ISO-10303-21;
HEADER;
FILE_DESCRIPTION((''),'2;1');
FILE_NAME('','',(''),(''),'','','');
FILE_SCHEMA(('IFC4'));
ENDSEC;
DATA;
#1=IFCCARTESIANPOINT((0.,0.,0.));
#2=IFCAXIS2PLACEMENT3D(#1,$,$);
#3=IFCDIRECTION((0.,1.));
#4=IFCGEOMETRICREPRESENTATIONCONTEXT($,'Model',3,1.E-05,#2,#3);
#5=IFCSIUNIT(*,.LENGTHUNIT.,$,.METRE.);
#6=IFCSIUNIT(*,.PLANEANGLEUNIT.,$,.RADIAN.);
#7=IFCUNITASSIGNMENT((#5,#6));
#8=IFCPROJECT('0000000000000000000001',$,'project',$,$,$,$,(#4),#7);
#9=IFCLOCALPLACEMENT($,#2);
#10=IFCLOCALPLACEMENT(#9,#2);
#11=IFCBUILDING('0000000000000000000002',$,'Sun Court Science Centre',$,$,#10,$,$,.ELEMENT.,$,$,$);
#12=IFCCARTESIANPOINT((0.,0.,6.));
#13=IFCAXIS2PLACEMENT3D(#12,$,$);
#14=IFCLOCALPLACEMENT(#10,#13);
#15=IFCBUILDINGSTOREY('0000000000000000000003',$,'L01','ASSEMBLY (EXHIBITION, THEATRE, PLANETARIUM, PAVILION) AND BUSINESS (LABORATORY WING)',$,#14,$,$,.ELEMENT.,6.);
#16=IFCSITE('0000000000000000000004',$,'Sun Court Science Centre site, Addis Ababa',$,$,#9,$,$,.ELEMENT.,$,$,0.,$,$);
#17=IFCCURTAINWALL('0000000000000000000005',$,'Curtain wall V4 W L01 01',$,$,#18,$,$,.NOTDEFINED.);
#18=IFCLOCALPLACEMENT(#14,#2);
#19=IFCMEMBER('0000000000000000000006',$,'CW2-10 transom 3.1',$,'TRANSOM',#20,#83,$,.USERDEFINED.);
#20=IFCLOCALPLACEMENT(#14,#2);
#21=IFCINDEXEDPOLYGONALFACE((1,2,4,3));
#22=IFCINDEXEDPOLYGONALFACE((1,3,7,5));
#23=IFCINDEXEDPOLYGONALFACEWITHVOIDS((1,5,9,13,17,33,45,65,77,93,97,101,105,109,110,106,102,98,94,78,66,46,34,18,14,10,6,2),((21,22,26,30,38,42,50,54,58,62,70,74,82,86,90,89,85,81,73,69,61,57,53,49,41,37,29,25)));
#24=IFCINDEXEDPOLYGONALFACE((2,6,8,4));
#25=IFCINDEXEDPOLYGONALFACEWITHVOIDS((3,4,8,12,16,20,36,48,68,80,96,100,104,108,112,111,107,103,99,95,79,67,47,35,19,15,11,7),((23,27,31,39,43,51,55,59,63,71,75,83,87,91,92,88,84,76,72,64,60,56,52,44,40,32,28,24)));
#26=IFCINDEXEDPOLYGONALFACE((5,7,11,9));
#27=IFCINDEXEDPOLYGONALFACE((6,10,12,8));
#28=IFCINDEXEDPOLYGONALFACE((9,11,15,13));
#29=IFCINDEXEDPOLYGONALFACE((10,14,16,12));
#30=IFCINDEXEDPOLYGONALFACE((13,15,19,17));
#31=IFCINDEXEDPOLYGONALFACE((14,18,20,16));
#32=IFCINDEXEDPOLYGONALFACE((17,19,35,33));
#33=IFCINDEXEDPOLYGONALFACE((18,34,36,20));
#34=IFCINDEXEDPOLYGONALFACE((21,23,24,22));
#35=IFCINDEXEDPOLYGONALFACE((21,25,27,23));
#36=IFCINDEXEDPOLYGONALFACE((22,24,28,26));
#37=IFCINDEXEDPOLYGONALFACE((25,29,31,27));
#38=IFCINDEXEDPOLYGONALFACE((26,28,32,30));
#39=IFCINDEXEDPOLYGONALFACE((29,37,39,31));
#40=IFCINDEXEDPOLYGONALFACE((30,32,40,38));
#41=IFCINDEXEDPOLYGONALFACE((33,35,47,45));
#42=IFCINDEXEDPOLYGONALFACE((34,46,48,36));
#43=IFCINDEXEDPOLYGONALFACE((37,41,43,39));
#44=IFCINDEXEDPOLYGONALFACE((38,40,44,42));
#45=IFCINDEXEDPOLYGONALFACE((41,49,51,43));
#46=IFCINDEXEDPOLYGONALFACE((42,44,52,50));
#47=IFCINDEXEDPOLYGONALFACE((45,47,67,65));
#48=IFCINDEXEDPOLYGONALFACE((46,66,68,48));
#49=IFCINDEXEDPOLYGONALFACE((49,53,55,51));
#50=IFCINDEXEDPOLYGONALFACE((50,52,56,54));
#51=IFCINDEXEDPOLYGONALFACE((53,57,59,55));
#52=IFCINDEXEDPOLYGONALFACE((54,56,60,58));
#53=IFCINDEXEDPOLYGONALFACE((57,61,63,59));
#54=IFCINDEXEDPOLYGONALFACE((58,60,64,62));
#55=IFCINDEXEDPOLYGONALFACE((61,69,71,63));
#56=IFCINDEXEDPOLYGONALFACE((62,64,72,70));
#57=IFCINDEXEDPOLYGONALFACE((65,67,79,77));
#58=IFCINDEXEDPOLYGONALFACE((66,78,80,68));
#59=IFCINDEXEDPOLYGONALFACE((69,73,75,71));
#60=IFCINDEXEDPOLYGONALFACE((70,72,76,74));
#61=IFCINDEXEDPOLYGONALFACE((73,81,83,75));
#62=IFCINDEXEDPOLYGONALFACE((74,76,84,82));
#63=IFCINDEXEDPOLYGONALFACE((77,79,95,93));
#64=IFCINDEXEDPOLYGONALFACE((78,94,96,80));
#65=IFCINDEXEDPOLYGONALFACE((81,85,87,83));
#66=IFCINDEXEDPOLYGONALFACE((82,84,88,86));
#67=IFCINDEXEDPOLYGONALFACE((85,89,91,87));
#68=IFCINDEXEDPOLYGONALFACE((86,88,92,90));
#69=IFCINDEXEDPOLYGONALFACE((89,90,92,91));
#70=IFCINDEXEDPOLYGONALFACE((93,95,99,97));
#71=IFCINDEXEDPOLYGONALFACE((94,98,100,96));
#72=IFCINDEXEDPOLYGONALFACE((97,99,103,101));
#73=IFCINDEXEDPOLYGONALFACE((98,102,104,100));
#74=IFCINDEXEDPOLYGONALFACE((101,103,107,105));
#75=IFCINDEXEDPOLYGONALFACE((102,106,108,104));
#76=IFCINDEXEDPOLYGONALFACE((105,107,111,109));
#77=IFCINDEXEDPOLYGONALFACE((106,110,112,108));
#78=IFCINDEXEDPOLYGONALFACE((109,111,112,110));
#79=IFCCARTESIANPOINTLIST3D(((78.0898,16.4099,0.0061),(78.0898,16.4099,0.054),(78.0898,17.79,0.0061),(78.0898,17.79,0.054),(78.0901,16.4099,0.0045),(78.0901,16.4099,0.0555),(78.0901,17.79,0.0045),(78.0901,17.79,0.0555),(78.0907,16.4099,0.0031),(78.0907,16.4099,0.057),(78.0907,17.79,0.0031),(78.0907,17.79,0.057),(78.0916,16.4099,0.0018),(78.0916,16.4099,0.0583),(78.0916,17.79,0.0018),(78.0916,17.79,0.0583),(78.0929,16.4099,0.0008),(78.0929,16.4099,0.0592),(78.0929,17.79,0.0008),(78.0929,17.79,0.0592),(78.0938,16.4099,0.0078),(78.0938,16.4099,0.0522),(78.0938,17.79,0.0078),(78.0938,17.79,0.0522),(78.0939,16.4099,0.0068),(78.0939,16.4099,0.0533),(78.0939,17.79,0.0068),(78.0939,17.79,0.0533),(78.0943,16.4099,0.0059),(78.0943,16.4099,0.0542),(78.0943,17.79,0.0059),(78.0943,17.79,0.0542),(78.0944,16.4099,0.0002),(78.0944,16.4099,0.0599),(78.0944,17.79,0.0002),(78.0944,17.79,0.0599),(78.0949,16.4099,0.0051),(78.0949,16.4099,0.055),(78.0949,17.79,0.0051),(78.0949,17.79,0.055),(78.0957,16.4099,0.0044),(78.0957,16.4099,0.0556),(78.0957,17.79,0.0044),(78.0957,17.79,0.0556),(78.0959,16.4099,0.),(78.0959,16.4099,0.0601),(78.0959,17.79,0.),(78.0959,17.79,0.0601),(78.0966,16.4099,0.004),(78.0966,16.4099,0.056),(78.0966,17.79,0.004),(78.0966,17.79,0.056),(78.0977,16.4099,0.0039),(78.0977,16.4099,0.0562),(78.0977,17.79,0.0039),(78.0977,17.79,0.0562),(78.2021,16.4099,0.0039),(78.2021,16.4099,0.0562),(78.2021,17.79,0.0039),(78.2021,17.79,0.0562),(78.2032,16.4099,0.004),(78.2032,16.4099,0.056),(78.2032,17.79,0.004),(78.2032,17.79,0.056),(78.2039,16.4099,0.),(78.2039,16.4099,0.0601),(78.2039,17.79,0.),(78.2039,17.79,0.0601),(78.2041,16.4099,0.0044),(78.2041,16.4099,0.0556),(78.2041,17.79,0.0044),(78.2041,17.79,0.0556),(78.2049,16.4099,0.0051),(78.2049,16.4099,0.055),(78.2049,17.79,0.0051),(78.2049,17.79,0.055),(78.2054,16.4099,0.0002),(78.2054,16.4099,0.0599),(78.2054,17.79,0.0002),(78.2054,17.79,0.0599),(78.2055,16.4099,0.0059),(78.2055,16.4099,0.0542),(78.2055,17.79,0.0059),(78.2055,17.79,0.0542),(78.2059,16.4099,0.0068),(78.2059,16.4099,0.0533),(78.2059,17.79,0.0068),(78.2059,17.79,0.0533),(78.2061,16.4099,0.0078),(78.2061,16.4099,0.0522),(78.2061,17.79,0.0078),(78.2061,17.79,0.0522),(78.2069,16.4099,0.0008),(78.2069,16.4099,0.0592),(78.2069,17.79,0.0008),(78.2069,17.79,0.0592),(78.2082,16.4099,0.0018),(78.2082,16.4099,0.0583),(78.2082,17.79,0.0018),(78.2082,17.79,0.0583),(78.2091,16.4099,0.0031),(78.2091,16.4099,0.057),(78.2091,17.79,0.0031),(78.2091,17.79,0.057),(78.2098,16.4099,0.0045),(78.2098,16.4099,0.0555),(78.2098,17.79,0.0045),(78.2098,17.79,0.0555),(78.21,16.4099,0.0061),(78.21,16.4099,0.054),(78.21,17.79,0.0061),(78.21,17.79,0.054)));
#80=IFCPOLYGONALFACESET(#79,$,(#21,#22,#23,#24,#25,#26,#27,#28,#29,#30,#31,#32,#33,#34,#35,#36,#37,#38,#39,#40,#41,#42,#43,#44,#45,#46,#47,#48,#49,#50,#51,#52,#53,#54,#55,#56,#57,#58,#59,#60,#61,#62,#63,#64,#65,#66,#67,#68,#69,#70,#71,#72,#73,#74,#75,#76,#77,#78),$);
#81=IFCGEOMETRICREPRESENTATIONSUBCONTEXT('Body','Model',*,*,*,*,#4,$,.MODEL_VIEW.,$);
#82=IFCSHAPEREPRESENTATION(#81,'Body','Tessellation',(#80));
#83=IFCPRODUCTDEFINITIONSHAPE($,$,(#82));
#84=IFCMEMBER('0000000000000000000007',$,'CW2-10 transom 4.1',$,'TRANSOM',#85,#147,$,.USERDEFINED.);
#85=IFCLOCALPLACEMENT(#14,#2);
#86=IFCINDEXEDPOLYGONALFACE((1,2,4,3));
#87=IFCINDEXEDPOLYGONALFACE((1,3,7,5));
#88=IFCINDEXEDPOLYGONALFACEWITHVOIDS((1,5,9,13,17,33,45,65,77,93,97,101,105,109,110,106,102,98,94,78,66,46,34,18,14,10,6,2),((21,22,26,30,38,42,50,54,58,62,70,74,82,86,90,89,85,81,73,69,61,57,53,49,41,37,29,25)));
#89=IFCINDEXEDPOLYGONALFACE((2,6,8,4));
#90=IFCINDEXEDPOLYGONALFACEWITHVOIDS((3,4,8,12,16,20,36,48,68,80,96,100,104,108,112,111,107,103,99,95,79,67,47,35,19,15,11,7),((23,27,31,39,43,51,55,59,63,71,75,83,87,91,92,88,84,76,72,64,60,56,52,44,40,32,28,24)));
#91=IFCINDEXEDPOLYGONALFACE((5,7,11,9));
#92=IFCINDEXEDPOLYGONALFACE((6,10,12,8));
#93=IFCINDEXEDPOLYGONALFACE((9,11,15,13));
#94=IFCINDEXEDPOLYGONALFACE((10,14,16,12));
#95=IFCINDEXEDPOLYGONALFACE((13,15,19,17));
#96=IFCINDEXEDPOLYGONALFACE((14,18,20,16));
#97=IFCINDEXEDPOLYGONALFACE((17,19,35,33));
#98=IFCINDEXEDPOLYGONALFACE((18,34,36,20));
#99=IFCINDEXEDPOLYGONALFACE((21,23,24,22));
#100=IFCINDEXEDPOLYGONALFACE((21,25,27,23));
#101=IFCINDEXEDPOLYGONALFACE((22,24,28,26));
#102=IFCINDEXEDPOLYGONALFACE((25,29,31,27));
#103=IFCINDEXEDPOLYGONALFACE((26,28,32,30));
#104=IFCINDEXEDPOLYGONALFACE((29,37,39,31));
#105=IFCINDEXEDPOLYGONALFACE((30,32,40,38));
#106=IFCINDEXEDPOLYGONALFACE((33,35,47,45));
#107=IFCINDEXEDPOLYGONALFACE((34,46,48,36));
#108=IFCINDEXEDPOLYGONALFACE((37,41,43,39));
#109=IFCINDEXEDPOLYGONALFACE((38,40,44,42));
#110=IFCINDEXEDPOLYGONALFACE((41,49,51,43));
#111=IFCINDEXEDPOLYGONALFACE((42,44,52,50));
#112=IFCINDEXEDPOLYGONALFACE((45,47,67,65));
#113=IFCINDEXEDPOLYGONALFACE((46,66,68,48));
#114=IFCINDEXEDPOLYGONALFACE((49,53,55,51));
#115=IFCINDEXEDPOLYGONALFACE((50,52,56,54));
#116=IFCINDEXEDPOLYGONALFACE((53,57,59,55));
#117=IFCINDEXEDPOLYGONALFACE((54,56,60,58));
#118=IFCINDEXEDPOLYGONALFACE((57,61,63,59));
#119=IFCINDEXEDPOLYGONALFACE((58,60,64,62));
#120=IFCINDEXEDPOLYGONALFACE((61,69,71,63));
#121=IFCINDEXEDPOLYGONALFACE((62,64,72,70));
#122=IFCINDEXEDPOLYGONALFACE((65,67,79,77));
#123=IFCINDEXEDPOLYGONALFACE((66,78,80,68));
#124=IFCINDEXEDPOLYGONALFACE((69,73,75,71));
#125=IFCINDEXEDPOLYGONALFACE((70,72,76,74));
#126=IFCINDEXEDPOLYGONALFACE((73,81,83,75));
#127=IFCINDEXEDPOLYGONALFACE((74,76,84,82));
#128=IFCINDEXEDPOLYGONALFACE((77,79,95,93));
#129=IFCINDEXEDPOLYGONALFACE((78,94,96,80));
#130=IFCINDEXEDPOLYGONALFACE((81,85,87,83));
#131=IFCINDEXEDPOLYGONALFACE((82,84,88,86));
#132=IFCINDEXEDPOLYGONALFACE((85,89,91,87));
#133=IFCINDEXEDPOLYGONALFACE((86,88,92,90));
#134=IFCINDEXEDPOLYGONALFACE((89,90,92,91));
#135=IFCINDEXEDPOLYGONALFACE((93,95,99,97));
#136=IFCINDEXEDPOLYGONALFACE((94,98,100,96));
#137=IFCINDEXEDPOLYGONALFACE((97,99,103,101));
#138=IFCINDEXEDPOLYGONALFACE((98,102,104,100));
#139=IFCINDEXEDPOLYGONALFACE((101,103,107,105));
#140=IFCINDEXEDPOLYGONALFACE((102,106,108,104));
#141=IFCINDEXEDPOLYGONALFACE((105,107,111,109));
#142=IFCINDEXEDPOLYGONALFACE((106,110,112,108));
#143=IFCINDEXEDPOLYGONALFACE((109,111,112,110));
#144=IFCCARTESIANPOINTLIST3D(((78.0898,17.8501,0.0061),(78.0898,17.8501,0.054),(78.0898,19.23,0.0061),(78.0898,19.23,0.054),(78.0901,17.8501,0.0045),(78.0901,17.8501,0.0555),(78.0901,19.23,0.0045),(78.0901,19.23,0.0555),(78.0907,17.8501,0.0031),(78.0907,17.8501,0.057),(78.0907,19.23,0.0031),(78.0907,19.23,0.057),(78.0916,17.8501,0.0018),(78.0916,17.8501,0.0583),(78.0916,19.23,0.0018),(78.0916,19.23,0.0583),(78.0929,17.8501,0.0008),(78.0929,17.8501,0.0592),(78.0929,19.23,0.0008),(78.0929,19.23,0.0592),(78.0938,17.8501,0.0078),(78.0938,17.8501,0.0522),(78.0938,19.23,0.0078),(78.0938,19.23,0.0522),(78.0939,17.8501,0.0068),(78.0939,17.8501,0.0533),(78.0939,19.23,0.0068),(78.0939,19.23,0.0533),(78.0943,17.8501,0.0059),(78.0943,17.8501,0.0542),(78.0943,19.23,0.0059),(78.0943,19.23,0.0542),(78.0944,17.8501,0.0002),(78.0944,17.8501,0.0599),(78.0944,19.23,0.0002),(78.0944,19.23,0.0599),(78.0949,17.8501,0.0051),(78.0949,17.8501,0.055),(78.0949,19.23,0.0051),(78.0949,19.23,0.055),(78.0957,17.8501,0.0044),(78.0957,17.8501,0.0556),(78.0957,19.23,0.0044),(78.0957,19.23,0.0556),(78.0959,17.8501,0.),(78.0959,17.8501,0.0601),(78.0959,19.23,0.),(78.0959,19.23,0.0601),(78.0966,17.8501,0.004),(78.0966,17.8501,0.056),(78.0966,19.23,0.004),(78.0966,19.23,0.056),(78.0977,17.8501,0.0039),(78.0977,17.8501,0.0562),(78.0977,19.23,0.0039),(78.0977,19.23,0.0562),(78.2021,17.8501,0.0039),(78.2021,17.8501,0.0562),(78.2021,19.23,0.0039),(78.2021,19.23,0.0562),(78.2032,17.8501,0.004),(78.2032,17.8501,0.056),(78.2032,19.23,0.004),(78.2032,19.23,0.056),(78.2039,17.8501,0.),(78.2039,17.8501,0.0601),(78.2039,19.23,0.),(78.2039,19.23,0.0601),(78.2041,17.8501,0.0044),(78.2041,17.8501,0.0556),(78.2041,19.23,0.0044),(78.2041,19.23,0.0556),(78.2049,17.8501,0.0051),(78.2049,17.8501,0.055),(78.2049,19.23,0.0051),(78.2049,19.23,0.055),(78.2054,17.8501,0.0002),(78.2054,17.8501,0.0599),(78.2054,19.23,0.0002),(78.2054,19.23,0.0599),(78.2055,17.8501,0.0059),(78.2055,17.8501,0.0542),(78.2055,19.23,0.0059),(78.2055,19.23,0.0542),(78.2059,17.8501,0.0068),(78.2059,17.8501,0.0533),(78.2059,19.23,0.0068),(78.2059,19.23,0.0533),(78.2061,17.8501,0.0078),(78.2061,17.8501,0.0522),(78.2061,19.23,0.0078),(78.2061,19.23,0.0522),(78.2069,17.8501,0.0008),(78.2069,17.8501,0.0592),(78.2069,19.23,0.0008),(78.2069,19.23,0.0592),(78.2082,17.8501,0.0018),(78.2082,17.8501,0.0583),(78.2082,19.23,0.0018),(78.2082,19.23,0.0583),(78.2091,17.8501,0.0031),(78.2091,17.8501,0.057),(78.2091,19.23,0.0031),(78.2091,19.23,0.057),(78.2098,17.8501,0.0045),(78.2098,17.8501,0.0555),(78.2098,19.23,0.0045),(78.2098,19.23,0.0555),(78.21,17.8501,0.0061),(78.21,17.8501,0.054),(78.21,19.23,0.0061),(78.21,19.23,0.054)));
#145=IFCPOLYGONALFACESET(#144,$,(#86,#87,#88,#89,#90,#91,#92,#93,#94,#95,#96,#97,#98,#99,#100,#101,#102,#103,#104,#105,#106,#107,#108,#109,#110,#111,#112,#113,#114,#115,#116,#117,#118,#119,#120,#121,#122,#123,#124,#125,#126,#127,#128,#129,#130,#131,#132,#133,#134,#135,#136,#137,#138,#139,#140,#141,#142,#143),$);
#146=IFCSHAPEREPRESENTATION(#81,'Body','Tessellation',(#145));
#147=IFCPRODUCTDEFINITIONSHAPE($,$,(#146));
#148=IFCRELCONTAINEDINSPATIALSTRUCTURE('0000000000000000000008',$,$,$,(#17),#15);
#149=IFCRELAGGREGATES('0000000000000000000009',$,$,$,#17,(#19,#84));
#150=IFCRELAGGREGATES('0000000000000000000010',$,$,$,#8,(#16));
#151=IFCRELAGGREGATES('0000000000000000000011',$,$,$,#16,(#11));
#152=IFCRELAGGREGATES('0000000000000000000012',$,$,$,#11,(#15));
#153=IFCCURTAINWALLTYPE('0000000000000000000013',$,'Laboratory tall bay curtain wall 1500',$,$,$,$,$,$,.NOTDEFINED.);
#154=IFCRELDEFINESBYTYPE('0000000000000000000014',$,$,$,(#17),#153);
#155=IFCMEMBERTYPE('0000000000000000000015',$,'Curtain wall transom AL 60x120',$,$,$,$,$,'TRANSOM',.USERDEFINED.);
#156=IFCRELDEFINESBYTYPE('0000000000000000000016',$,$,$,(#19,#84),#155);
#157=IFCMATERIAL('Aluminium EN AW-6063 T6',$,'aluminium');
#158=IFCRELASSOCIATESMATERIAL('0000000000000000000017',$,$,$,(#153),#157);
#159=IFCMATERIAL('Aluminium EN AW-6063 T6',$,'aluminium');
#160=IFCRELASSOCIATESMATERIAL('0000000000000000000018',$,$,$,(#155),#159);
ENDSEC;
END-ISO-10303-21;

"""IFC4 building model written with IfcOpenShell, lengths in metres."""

from ifc_helpers import new_model, si_unit, direction, frame, origin, origin_2d, place, context, subcontext, project, spatial, hollow_rectangle, extrude, material, material_profile, profile_set, type_object, element, aggregate, save


model = new_model("IFC4")

# Units and contexts
model_context = context("Model", 3, precision=1e-05, world=origin(), true_north=direction((0.0, 1.0)))
body_context = subcontext(model_context, "Body", "Model", "MODEL_VIEW")
ifc_project = project(units=[si_unit("LENGTHUNIT", "METRE"), si_unit("PLANEANGLEUNIT", "RADIAN")], contexts=[model_context])

# Site, building, storey
site_placement = place(None, origin())
site = spatial("IfcSite", under=ifc_project, at=site_placement, Name="Sun Court Science Centre site, Addis Ababa", CompositionType="ELEMENT", RefElevation=0.0)
building_placement = place(site_placement, origin())
building = spatial("IfcBuilding", under=site, at=building_placement, Name="Sun Court Science Centre", CompositionType="ELEMENT")
storey_placement = place(building_placement, frame((0.0, 0.0, 6.0)))
storey = spatial("IfcBuildingStorey", under=building, at=storey_placement, Name="L01", Description="ASSEMBLY (EXHIBITION, THEATRE, PLANETARIUM, PAVILION) AND BUSINESS (LABORATORY WING)", CompositionType="ELEMENT", Elevation=6.0)

# Curtain wall, members
ifc_material_1 = material(Name="Aluminium EN AW-6063 T6", Category="aluminium")
curtain_wall_type = type_object("IfcCurtainWallType", Name="Laboratory tall bay curtain wall 1500", PredefinedType="NOTDEFINED", material=ifc_material_1)
curtain_wall_placement = place(storey_placement, origin())
curtain_wall = element("IfcCurtainWall", 1, at=curtain_wall_placement, inside=storey, type_object=curtain_wall_type, Name="Curtain wall V4 W L01 01", PredefinedType="NOTDEFINED")
ifc_material_2 = material(Name="Aluminium EN AW-6063 T6", Category="aluminium")
ifc_material_profile_1 = material_profile(ifc_material_2, hollow_rectangle(XDim=0.0601, YDim=0.1201, WallThickness=0.0039, InnerFilletRadius=0.0039, OuterFilletRadius=0.0061, at=origin_2d()), Name="AL 60x120x4")
ifc_profile_set_1 = profile_set([ifc_material_profile_1], Name="Aluminium EN AW-6063 T6")
member_type_1 = type_object("IfcMemberType", Name="Curtain wall transom AL 60x120", ElementType="TRANSOM", PredefinedType="USERDEFINED", material=ifc_profile_set_1)
member_1_placement = place(storey_placement, frame((78.1499, 16.4099, 0.03), z_axis=(0.0, 1.0, 0.0), x_axis=(0.0, 0.0, 1.0)))
member_1 = element("IfcMember", 2, at=member_1_placement, type_object=member_type_1, Name="CW2-10 transom 3.1", ObjectType="TRANSOM", PredefinedType="USERDEFINED", context=body_context, shape_type="SweptSolid", body=[
    extrude(hollow_rectangle(XDim=0.0601, YDim=0.1201, WallThickness=0.0039, InnerFilletRadius=0.0039, OuterFilletRadius=0.0061, at=origin_2d()), origin(), (0.0, 0.0, 1.0), 1.3801),
])
member_2_placement = place(storey_placement, frame((78.1499, 17.8501, 0.03), z_axis=(0.0, 1.0, 0.0), x_axis=(0.0, 0.0, 1.0)))
member_2 = element("IfcMember", 3, at=member_2_placement, type_object=member_type_1, Name="CW2-10 transom 4.1", ObjectType="TRANSOM", PredefinedType="USERDEFINED", context=body_context, shape_type="SweptSolid", body=[
    extrude(hollow_rectangle(XDim=0.0601, YDim=0.1201, WallThickness=0.0039, InnerFilletRadius=0.0039, OuterFilletRadius=0.0061, at=origin_2d()), origin(), (0.0, 0.0, 1.0), 1.3799),
])

aggregate(curtain_wall, [member_1, member_2])

save(model, "model.ifc")
